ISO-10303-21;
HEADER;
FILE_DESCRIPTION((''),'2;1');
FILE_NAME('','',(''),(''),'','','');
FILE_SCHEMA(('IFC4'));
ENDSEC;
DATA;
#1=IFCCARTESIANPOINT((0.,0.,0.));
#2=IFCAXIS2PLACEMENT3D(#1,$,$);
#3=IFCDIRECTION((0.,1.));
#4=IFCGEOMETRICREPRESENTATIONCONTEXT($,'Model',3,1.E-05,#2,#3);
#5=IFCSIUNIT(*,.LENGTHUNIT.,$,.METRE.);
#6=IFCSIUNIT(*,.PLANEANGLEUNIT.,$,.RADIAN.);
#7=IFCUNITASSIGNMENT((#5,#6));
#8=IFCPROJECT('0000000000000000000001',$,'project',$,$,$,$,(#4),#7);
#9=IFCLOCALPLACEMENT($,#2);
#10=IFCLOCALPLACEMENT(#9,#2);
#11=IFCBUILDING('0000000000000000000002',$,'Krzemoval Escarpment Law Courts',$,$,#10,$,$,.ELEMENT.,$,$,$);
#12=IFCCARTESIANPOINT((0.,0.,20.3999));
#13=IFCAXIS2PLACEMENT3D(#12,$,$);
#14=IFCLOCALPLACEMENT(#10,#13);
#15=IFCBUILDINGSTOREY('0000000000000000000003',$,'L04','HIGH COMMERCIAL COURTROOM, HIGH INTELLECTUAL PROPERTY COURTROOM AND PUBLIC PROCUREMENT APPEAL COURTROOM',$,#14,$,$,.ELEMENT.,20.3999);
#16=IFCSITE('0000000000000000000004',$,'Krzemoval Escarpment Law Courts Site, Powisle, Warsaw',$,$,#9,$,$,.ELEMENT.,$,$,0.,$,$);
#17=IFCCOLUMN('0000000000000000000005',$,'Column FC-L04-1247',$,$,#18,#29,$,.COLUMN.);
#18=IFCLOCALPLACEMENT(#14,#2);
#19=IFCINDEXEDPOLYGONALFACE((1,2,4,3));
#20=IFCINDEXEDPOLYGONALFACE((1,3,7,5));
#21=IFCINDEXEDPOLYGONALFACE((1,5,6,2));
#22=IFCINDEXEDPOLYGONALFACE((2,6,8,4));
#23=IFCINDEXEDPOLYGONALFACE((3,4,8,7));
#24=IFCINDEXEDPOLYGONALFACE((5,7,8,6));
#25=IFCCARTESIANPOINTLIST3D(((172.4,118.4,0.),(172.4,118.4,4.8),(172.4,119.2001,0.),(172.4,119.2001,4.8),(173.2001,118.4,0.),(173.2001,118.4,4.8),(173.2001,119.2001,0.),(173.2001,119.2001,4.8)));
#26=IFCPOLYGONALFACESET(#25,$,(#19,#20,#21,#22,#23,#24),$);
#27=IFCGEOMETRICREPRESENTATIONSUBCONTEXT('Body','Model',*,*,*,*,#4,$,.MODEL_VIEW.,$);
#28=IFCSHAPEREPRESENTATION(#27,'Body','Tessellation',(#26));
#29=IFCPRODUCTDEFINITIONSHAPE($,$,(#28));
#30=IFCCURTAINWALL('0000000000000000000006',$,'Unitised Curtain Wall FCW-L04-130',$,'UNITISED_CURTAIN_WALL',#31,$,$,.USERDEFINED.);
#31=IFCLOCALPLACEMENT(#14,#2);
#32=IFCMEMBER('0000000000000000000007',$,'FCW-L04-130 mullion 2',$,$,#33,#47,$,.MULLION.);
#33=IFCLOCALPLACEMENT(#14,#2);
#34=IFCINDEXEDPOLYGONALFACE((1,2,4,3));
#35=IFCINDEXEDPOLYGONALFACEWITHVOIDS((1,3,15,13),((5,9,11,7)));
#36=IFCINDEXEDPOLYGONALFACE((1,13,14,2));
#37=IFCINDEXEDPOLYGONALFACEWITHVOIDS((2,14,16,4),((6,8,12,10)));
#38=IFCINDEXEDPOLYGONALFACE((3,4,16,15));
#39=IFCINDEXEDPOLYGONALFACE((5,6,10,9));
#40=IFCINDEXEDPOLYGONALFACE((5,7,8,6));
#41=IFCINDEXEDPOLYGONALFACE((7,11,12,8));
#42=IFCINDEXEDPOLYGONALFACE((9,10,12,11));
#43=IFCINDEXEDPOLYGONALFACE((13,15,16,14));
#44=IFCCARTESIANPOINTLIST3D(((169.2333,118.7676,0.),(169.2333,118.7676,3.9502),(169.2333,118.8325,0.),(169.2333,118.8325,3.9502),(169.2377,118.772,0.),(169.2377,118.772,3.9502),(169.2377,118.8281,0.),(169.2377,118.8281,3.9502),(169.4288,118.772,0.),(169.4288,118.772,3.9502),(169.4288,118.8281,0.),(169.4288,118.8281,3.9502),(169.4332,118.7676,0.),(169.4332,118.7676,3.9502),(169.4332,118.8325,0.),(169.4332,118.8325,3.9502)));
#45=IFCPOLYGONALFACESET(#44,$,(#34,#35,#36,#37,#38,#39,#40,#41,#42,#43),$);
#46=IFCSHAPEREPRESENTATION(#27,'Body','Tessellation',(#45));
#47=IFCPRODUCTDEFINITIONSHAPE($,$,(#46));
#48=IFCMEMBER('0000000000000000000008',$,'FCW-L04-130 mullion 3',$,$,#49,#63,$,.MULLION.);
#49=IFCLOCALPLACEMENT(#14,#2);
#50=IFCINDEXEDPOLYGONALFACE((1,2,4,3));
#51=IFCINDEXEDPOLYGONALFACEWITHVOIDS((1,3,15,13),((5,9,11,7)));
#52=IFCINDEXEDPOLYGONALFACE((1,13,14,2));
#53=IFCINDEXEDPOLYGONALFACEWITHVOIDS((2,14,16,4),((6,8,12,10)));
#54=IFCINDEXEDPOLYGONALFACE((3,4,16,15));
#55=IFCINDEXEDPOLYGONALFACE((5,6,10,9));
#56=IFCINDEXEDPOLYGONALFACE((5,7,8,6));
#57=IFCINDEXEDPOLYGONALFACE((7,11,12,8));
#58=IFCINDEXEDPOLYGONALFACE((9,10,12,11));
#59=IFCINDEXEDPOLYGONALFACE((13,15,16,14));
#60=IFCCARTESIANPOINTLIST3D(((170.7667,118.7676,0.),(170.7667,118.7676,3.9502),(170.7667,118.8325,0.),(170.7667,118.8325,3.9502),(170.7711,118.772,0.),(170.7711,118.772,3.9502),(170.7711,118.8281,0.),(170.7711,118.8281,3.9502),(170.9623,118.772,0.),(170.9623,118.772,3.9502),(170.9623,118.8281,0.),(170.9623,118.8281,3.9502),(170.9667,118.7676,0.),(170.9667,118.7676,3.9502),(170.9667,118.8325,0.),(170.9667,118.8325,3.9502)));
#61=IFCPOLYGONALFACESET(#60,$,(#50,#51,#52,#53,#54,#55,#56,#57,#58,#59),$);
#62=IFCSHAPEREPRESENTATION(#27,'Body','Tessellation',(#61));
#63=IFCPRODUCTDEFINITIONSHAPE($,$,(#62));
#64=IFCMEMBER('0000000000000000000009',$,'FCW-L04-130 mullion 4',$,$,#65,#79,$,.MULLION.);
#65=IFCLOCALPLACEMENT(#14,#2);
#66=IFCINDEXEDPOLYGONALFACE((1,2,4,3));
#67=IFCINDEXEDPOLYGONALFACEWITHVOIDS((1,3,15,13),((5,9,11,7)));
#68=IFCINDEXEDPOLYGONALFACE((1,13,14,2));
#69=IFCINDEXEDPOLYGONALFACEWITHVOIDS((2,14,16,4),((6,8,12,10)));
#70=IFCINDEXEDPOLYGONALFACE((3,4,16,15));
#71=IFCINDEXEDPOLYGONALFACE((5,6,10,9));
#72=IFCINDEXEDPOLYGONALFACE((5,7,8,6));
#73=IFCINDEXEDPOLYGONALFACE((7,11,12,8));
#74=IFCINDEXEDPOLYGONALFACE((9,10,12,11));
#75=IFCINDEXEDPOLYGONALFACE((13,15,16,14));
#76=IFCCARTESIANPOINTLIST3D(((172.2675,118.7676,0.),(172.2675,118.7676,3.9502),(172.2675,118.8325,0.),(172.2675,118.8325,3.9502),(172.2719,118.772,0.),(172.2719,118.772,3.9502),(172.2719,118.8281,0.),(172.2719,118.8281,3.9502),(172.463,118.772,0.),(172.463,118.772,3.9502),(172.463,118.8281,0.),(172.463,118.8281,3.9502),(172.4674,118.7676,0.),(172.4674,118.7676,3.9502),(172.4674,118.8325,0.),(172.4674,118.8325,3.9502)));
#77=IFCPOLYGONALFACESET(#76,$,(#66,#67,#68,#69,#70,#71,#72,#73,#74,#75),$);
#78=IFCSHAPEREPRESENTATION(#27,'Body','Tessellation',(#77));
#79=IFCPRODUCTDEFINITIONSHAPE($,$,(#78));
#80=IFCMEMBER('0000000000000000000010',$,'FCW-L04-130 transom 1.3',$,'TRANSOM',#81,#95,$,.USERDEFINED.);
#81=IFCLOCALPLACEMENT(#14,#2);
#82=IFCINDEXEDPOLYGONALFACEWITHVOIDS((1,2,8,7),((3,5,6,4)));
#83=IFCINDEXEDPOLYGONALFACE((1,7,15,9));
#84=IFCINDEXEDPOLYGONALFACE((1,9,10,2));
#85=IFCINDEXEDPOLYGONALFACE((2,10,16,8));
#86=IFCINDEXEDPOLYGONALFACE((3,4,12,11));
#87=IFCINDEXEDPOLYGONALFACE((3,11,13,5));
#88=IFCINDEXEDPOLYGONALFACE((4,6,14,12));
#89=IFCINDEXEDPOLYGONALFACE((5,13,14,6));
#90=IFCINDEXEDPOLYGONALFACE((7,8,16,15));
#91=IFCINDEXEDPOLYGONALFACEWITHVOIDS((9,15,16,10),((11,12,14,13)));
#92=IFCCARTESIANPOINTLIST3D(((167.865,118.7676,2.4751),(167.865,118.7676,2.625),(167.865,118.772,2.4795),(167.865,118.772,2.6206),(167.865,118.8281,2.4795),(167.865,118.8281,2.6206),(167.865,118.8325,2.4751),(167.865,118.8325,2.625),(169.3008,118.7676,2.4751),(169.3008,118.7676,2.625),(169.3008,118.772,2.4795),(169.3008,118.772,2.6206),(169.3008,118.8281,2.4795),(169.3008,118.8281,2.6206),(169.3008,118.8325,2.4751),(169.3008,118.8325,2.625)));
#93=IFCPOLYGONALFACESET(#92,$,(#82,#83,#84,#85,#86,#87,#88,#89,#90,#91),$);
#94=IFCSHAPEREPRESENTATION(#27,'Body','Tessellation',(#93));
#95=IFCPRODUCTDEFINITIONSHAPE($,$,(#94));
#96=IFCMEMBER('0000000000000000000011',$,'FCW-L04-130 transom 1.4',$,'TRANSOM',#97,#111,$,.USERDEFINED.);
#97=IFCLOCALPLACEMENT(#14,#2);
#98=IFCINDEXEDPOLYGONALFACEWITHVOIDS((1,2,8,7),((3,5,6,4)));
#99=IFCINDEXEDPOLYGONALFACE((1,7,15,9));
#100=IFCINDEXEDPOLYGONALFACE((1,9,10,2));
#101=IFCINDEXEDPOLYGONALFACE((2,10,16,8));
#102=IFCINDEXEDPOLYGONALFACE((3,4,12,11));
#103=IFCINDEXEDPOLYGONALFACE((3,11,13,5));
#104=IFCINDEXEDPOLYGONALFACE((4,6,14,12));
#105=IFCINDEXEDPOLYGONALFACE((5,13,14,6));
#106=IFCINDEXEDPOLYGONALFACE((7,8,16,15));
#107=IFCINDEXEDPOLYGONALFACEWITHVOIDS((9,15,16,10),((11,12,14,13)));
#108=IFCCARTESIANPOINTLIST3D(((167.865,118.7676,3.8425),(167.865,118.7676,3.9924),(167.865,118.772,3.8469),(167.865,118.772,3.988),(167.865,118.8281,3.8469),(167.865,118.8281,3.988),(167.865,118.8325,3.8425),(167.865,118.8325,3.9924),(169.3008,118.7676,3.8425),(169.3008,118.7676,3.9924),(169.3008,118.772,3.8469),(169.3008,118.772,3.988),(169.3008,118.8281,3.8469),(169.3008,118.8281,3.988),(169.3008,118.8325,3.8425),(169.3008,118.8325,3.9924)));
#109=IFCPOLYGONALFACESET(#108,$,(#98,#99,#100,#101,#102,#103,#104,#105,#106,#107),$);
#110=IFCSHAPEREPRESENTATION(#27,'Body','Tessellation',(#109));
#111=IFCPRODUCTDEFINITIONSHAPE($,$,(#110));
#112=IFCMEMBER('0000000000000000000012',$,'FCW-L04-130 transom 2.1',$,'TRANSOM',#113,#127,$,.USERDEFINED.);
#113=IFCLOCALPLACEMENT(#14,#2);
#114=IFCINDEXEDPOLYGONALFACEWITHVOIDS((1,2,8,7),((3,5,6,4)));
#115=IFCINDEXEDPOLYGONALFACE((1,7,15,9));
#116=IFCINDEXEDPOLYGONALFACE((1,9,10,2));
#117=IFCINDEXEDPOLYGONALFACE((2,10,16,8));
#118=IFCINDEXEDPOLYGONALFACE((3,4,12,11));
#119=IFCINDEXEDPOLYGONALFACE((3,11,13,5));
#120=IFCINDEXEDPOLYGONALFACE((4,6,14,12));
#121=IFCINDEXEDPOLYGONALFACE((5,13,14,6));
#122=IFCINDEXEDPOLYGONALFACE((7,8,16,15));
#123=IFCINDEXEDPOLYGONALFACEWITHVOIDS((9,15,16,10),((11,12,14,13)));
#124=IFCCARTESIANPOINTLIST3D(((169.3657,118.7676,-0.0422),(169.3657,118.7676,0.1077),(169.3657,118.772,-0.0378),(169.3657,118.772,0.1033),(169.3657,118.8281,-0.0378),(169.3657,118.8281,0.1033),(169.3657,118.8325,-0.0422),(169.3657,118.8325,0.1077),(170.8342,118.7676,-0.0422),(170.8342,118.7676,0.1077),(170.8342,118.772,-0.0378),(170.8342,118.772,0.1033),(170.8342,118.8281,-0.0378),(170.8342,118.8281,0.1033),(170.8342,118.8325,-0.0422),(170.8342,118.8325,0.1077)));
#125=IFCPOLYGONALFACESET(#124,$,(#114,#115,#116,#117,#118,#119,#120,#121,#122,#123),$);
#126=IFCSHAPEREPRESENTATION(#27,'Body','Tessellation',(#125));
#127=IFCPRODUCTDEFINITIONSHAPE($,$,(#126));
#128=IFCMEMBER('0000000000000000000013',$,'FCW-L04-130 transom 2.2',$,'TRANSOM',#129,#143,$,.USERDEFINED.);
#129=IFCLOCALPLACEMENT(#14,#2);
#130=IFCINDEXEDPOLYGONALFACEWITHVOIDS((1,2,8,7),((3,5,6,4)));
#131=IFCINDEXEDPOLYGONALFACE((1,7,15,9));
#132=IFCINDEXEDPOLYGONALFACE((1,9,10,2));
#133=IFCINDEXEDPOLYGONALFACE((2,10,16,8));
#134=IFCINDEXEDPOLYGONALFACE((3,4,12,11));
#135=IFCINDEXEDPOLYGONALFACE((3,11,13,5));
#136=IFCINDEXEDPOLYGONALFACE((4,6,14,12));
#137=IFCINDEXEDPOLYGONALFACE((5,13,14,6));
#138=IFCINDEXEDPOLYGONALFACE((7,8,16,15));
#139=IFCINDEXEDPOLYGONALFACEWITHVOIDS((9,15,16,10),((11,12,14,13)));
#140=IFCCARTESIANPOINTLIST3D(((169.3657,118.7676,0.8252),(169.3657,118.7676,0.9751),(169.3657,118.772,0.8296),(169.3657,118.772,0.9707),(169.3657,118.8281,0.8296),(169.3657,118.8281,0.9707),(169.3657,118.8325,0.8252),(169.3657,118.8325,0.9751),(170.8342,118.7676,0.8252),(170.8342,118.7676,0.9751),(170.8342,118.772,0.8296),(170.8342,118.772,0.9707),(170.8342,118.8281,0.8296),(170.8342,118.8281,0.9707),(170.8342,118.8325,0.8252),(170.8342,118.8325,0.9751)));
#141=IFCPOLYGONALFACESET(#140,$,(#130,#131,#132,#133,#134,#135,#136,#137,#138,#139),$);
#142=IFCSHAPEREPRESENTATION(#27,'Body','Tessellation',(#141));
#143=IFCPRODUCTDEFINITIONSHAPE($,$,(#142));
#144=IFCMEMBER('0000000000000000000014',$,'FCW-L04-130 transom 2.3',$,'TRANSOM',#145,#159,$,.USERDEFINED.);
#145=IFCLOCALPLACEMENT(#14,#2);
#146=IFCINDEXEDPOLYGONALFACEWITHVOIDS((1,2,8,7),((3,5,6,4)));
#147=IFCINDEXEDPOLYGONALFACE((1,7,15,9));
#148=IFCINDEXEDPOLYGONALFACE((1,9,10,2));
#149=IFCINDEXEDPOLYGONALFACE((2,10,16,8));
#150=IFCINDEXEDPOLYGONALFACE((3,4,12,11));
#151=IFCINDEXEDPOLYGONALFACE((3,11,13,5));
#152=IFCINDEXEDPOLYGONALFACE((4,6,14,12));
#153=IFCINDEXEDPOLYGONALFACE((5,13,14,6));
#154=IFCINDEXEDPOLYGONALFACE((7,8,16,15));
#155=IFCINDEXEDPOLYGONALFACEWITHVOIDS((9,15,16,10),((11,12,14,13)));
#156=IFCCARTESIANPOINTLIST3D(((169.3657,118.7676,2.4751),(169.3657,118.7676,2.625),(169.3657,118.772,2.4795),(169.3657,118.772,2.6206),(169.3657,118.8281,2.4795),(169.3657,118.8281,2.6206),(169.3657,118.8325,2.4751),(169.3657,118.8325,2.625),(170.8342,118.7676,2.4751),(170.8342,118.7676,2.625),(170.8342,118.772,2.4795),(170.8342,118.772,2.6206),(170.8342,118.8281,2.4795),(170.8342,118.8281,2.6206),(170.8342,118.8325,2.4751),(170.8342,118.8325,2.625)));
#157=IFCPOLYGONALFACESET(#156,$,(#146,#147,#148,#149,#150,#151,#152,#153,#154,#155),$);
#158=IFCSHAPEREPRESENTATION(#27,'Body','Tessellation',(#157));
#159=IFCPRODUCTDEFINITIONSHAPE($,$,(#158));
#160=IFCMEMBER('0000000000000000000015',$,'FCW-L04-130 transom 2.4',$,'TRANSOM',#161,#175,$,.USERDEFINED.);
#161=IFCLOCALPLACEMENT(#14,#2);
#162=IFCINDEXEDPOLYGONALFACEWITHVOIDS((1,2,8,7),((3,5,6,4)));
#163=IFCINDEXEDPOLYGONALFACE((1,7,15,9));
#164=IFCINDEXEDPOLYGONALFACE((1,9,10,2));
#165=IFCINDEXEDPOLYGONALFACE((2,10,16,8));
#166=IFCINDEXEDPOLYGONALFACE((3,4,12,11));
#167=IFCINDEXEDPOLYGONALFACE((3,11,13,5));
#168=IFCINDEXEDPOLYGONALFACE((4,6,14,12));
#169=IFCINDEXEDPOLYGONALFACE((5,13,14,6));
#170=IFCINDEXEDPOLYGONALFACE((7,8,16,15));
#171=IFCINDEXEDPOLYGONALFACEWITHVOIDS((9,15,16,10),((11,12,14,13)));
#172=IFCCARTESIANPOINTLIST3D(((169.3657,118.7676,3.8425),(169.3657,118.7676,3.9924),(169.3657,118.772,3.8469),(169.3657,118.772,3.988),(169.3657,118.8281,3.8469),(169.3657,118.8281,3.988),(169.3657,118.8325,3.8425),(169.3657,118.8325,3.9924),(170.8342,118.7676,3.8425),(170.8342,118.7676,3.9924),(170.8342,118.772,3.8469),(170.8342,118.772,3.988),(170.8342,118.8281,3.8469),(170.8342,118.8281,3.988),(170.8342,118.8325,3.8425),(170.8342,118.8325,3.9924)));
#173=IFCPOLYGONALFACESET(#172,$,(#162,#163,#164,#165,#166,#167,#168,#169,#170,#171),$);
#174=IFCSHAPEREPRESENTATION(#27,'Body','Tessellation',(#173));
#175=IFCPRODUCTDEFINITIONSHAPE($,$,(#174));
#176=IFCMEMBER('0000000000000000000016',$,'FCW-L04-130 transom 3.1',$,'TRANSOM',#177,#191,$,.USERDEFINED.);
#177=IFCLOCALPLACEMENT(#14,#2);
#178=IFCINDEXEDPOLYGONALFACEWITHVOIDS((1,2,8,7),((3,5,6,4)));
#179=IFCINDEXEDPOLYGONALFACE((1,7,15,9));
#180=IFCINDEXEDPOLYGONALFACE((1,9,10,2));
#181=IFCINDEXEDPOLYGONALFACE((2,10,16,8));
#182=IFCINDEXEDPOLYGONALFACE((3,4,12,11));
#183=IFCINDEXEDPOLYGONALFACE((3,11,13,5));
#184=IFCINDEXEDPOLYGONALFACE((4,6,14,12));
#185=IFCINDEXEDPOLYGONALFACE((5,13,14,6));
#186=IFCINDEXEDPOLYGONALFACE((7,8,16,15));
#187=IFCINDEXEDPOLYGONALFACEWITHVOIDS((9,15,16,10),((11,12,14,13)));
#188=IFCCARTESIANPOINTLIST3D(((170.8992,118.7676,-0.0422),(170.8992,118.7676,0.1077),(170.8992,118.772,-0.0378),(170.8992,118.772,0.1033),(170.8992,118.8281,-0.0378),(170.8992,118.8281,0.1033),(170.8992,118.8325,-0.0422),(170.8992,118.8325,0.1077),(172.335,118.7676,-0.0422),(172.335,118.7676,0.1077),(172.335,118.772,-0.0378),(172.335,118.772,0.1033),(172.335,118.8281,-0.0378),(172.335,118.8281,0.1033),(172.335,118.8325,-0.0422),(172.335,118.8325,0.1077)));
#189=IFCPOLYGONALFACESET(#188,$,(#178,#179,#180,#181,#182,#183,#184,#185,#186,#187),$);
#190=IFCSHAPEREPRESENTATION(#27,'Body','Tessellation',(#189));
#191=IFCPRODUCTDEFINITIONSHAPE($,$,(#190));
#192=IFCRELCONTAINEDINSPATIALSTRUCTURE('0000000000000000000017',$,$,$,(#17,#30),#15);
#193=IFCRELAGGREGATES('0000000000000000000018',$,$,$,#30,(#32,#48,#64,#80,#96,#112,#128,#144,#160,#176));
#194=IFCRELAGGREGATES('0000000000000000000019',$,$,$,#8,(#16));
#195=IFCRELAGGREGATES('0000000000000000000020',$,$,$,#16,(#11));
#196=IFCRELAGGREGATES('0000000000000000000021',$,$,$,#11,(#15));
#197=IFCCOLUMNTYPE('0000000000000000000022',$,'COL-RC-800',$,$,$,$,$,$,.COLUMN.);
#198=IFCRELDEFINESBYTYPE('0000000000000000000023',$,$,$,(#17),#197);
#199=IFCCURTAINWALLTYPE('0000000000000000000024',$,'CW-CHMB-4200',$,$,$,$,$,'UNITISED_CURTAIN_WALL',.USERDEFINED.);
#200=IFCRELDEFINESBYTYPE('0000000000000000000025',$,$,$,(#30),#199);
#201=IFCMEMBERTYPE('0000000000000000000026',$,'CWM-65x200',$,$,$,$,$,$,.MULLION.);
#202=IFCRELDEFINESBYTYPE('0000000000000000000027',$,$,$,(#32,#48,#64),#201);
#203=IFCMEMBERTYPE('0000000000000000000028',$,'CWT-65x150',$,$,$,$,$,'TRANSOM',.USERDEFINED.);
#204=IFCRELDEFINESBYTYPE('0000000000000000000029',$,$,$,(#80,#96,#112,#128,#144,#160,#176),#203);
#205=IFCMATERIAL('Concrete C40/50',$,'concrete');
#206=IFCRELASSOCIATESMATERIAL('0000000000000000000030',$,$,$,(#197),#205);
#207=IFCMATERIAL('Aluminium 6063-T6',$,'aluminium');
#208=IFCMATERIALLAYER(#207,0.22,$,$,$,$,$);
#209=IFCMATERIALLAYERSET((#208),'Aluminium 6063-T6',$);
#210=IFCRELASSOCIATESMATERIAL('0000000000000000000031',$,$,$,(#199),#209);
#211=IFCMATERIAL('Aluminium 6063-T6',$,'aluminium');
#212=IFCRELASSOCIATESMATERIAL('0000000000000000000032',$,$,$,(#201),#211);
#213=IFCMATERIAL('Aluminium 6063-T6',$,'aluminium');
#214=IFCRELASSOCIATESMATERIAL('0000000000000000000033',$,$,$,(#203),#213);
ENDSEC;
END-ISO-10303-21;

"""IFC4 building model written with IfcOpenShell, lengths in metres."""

from ifc_helpers import new_model, si_unit, direction, frame, origin, origin_2d, place, context, subcontext, project, spatial, rectangle, hollow_rectangle, extrude, material, layer, layer_set, material_profile, profile_set, type_object, element, aggregate, save


model = new_model("IFC4")

# Units and contexts
model_context = context("Model", 3, precision=1e-05, world=origin(), true_north=direction((0.0, 1.0)))
body_context = subcontext(model_context, "Body", "Model", "MODEL_VIEW")
ifc_project = project(units=[si_unit("LENGTHUNIT", "METRE"), si_unit("PLANEANGLEUNIT", "RADIAN")], contexts=[model_context])

# Site, building, storey
site_placement = place(None, origin())
site = spatial("IfcSite", under=ifc_project, at=site_placement, Name="Krzemoval Escarpment Law Courts Site, Powisle, Warsaw", CompositionType="ELEMENT", RefElevation=0.0)
building_placement = place(site_placement, origin())
building = spatial("IfcBuilding", under=site, at=building_placement, Name="Krzemoval Escarpment Law Courts", CompositionType="ELEMENT")
storey_placement = place(building_placement, frame((0.0, 0.0, 20.3999)))
storey = spatial("IfcBuildingStorey", under=building, at=storey_placement, Name="L04", Description="HIGH COMMERCIAL COURTROOM, HIGH INTELLECTUAL PROPERTY COURTROOM AND PUBLIC PROCUREMENT APPEAL COURTROOM", CompositionType="ELEMENT", Elevation=20.3999)

# Column
ifc_material_1 = material(Name="Concrete C40/50", Category="concrete")
ifc_material_profile_1 = material_profile(ifc_material_1, rectangle(XDim=0.8, YDim=0.8, at=origin_2d()), Name="RC 800x800")
ifc_profile_set_1 = profile_set([ifc_material_profile_1], Name="Concrete C40/50")
column_type = type_object("IfcColumnType", Name="COL-RC-800", PredefinedType="COLUMN", material=ifc_profile_set_1)
column_placement = place(storey_placement, frame((172.8, 118.8, 0.0), z_axis=(0.0, 0.0, 1.0), x_axis=(1.0, 0.0, 0.0)))
element("IfcColumn", 1, at=column_placement, inside=storey, type_object=column_type, Name="Column FC-L04-1247", PredefinedType="COLUMN", context=body_context, shape_type="SweptSolid", body=[
    extrude(rectangle(XDim=0.8, YDim=0.8, at=origin_2d()), origin(), (0.0, 0.0, 1.0), 4.8),
])

# Curtain wall, members
ifc_material_2 = material(Name="Aluminium 6063-T6", Category="aluminium")
ifc_layer_1 = layer(ifc_material_2, 0.22)
ifc_layer_set_1 = layer_set([ifc_layer_1], Name="Aluminium 6063-T6")
curtain_wall_type = type_object("IfcCurtainWallType", Name="CW-CHMB-4200", ElementType="UNITISED_CURTAIN_WALL", PredefinedType="USERDEFINED", material=ifc_layer_set_1)
curtain_wall_placement = place(storey_placement, origin())
curtain_wall = element("IfcCurtainWall", 2, at=curtain_wall_placement, inside=storey, type_object=curtain_wall_type, Name="Unitised Curtain Wall FCW-L04-130", ObjectType="UNITISED_CURTAIN_WALL", PredefinedType="USERDEFINED")
ifc_material_3 = material(Name="Aluminium 6063-T6", Category="aluminium")
ifc_material_profile_2 = material_profile(ifc_material_3, hollow_rectangle(XDim=0.0649, YDim=0.2, WallThickness=0.0044, at=origin_2d()), Name="ALU M65x200")
ifc_profile_set_2 = profile_set([ifc_material_profile_2], Name="Aluminium 6063-T6")
member_type_1 = type_object("IfcMemberType", Name="CWM-65x200", PredefinedType="MULLION", material=ifc_profile_set_2)
member_1_placement = place(storey_placement, frame((169.3333, 118.8, 0.0), z_axis=(0.0, 0.0, 1.0), x_axis=(0.0, 1.0, 0.0)))
member_1 = element("IfcMember", 3, at=member_1_placement, type_object=member_type_1, Name="FCW-L04-130 mullion 2", PredefinedType="MULLION", context=body_context, shape_type="SweptSolid", body=[
    extrude(hollow_rectangle(XDim=0.0649, YDim=0.2, WallThickness=0.0044, at=origin_2d()), origin(), (0.0, 0.0, 1.0), 3.9502),
])
member_2_placement = place(storey_placement, frame((170.8667, 118.8, 0.0), z_axis=(0.0, 0.0, 1.0), x_axis=(0.0, 1.0, 0.0)))
member_2 = element("IfcMember", 4, at=member_2_placement, type_object=member_type_1, Name="FCW-L04-130 mullion 3", PredefinedType="MULLION", context=body_context, shape_type="SweptSolid", body=[
    extrude(hollow_rectangle(XDim=0.0649, YDim=0.2, WallThickness=0.0044, at=origin_2d()), origin(), (0.0, 0.0, 1.0), 3.9502),
])
member_3_placement = place(storey_placement, frame((172.3674, 118.8, 0.0), z_axis=(0.0, 0.0, 1.0), x_axis=(0.0, 1.0, 0.0)))
member_3 = element("IfcMember", 5, at=member_3_placement, type_object=member_type_1, Name="FCW-L04-130 mullion 4", PredefinedType="MULLION", context=body_context, shape_type="SweptSolid", body=[
    extrude(hollow_rectangle(XDim=0.0649, YDim=0.2, WallThickness=0.0044, at=origin_2d()), origin(), (0.0, 0.0, 1.0), 3.9502),
])
ifc_material_4 = material(Name="Aluminium 6063-T6", Category="aluminium")
ifc_material_profile_3 = material_profile(ifc_material_4, hollow_rectangle(XDim=0.0649, YDim=0.1499, WallThickness=0.0044, at=origin_2d()), Name="ALU T65x150")
ifc_profile_set_3 = profile_set([ifc_material_profile_3], Name="Aluminium 6063-T6")
member_type_2 = type_object("IfcMemberType", Name="CWT-65x150", ElementType="TRANSOM", PredefinedType="USERDEFINED", material=ifc_profile_set_3)
member_4_placement = place(storey_placement, frame((167.865, 118.8, 2.55), z_axis=(1.0, 0.0, 0.0), x_axis=(0.0, 1.0, 0.0)))
member_4 = element("IfcMember", 6, at=member_4_placement, type_object=member_type_2, Name="FCW-L04-130 transom 1.3", ObjectType="TRANSOM", PredefinedType="USERDEFINED", context=body_context, shape_type="SweptSolid", body=[
    extrude(hollow_rectangle(XDim=0.0649, YDim=0.1499, WallThickness=0.0044, at=origin_2d()), origin(), (0.0, 0.0, 1.0), 1.4358),
])
member_5_placement = place(storey_placement, frame((167.865, 118.8, 3.9175), z_axis=(1.0, 0.0, 0.0), x_axis=(0.0, 1.0, 0.0)))
member_5 = element("IfcMember", 7, at=member_5_placement, type_object=member_type_2, Name="FCW-L04-130 transom 1.4", ObjectType="TRANSOM", PredefinedType="USERDEFINED", context=body_context, shape_type="SweptSolid", body=[
    extrude(hollow_rectangle(XDim=0.0649, YDim=0.1499, WallThickness=0.0044, at=origin_2d()), origin(), (0.0, 0.0, 1.0), 1.4358),
])
member_6_placement = place(storey_placement, frame((169.3657, 118.8, 0.0327), z_axis=(1.0, 0.0, 0.0), x_axis=(0.0, 1.0, 0.0)))
member_6 = element("IfcMember", 8, at=member_6_placement, type_object=member_type_2, Name="FCW-L04-130 transom 2.1", ObjectType="TRANSOM", PredefinedType="USERDEFINED", context=body_context, shape_type="SweptSolid", body=[
    extrude(hollow_rectangle(XDim=0.0649, YDim=0.1499, WallThickness=0.0044, at=origin_2d()), origin(), (0.0, 0.0, 1.0), 1.4685),
])
member_7_placement = place(storey_placement, frame((169.3657, 118.8, 0.9001), z_axis=(1.0, 0.0, 0.0), x_axis=(0.0, 1.0, 0.0)))
member_7 = element("IfcMember", 9, at=member_7_placement, type_object=member_type_2, Name="FCW-L04-130 transom 2.2", ObjectType="TRANSOM", PredefinedType="USERDEFINED", context=body_context, shape_type="SweptSolid", body=[
    extrude(hollow_rectangle(XDim=0.0649, YDim=0.1499, WallThickness=0.0044, at=origin_2d()), origin(), (0.0, 0.0, 1.0), 1.4685),
])
member_8_placement = place(storey_placement, frame((169.3657, 118.8, 2.55), z_axis=(1.0, 0.0, 0.0), x_axis=(0.0, 1.0, 0.0)))
member_8 = element("IfcMember", 10, at=member_8_placement, type_object=member_type_2, Name="FCW-L04-130 transom 2.3", ObjectType="TRANSOM", PredefinedType="USERDEFINED", context=body_context, shape_type="SweptSolid", body=[
    extrude(hollow_rectangle(XDim=0.0649, YDim=0.1499, WallThickness=0.0044, at=origin_2d()), origin(), (0.0, 0.0, 1.0), 1.4685),
])
member_9_placement = place(storey_placement, frame((169.3657, 118.8, 3.9175), z_axis=(1.0, 0.0, 0.0), x_axis=(0.0, 1.0, 0.0)))
member_9 = element("IfcMember", 11, at=member_9_placement, type_object=member_type_2, Name="FCW-L04-130 transom 2.4", ObjectType="TRANSOM", PredefinedType="USERDEFINED", context=body_context, shape_type="SweptSolid", body=[
    extrude(hollow_rectangle(XDim=0.0649, YDim=0.1499, WallThickness=0.0044, at=origin_2d()), origin(), (0.0, 0.0, 1.0), 1.4685),
])
member_10_placement = place(storey_placement, frame((170.8992, 118.8, 0.0327), z_axis=(1.0, 0.0, 0.0), x_axis=(0.0, 1.0, 0.0)))
member_10 = element("IfcMember", 12, at=member_10_placement, type_object=member_type_2, Name="FCW-L04-130 transom 3.1", ObjectType="TRANSOM", PredefinedType="USERDEFINED", context=body_context, shape_type="SweptSolid", body=[
    extrude(hollow_rectangle(XDim=0.0649, YDim=0.1499, WallThickness=0.0044, at=origin_2d()), origin(), (0.0, 0.0, 1.0), 1.4358),
])
aggregate(curtain_wall, [member_1, member_2, member_3, member_4, member_5, member_6, member_7, member_8, member_9, member_10])

save(model, "model.ifc")
